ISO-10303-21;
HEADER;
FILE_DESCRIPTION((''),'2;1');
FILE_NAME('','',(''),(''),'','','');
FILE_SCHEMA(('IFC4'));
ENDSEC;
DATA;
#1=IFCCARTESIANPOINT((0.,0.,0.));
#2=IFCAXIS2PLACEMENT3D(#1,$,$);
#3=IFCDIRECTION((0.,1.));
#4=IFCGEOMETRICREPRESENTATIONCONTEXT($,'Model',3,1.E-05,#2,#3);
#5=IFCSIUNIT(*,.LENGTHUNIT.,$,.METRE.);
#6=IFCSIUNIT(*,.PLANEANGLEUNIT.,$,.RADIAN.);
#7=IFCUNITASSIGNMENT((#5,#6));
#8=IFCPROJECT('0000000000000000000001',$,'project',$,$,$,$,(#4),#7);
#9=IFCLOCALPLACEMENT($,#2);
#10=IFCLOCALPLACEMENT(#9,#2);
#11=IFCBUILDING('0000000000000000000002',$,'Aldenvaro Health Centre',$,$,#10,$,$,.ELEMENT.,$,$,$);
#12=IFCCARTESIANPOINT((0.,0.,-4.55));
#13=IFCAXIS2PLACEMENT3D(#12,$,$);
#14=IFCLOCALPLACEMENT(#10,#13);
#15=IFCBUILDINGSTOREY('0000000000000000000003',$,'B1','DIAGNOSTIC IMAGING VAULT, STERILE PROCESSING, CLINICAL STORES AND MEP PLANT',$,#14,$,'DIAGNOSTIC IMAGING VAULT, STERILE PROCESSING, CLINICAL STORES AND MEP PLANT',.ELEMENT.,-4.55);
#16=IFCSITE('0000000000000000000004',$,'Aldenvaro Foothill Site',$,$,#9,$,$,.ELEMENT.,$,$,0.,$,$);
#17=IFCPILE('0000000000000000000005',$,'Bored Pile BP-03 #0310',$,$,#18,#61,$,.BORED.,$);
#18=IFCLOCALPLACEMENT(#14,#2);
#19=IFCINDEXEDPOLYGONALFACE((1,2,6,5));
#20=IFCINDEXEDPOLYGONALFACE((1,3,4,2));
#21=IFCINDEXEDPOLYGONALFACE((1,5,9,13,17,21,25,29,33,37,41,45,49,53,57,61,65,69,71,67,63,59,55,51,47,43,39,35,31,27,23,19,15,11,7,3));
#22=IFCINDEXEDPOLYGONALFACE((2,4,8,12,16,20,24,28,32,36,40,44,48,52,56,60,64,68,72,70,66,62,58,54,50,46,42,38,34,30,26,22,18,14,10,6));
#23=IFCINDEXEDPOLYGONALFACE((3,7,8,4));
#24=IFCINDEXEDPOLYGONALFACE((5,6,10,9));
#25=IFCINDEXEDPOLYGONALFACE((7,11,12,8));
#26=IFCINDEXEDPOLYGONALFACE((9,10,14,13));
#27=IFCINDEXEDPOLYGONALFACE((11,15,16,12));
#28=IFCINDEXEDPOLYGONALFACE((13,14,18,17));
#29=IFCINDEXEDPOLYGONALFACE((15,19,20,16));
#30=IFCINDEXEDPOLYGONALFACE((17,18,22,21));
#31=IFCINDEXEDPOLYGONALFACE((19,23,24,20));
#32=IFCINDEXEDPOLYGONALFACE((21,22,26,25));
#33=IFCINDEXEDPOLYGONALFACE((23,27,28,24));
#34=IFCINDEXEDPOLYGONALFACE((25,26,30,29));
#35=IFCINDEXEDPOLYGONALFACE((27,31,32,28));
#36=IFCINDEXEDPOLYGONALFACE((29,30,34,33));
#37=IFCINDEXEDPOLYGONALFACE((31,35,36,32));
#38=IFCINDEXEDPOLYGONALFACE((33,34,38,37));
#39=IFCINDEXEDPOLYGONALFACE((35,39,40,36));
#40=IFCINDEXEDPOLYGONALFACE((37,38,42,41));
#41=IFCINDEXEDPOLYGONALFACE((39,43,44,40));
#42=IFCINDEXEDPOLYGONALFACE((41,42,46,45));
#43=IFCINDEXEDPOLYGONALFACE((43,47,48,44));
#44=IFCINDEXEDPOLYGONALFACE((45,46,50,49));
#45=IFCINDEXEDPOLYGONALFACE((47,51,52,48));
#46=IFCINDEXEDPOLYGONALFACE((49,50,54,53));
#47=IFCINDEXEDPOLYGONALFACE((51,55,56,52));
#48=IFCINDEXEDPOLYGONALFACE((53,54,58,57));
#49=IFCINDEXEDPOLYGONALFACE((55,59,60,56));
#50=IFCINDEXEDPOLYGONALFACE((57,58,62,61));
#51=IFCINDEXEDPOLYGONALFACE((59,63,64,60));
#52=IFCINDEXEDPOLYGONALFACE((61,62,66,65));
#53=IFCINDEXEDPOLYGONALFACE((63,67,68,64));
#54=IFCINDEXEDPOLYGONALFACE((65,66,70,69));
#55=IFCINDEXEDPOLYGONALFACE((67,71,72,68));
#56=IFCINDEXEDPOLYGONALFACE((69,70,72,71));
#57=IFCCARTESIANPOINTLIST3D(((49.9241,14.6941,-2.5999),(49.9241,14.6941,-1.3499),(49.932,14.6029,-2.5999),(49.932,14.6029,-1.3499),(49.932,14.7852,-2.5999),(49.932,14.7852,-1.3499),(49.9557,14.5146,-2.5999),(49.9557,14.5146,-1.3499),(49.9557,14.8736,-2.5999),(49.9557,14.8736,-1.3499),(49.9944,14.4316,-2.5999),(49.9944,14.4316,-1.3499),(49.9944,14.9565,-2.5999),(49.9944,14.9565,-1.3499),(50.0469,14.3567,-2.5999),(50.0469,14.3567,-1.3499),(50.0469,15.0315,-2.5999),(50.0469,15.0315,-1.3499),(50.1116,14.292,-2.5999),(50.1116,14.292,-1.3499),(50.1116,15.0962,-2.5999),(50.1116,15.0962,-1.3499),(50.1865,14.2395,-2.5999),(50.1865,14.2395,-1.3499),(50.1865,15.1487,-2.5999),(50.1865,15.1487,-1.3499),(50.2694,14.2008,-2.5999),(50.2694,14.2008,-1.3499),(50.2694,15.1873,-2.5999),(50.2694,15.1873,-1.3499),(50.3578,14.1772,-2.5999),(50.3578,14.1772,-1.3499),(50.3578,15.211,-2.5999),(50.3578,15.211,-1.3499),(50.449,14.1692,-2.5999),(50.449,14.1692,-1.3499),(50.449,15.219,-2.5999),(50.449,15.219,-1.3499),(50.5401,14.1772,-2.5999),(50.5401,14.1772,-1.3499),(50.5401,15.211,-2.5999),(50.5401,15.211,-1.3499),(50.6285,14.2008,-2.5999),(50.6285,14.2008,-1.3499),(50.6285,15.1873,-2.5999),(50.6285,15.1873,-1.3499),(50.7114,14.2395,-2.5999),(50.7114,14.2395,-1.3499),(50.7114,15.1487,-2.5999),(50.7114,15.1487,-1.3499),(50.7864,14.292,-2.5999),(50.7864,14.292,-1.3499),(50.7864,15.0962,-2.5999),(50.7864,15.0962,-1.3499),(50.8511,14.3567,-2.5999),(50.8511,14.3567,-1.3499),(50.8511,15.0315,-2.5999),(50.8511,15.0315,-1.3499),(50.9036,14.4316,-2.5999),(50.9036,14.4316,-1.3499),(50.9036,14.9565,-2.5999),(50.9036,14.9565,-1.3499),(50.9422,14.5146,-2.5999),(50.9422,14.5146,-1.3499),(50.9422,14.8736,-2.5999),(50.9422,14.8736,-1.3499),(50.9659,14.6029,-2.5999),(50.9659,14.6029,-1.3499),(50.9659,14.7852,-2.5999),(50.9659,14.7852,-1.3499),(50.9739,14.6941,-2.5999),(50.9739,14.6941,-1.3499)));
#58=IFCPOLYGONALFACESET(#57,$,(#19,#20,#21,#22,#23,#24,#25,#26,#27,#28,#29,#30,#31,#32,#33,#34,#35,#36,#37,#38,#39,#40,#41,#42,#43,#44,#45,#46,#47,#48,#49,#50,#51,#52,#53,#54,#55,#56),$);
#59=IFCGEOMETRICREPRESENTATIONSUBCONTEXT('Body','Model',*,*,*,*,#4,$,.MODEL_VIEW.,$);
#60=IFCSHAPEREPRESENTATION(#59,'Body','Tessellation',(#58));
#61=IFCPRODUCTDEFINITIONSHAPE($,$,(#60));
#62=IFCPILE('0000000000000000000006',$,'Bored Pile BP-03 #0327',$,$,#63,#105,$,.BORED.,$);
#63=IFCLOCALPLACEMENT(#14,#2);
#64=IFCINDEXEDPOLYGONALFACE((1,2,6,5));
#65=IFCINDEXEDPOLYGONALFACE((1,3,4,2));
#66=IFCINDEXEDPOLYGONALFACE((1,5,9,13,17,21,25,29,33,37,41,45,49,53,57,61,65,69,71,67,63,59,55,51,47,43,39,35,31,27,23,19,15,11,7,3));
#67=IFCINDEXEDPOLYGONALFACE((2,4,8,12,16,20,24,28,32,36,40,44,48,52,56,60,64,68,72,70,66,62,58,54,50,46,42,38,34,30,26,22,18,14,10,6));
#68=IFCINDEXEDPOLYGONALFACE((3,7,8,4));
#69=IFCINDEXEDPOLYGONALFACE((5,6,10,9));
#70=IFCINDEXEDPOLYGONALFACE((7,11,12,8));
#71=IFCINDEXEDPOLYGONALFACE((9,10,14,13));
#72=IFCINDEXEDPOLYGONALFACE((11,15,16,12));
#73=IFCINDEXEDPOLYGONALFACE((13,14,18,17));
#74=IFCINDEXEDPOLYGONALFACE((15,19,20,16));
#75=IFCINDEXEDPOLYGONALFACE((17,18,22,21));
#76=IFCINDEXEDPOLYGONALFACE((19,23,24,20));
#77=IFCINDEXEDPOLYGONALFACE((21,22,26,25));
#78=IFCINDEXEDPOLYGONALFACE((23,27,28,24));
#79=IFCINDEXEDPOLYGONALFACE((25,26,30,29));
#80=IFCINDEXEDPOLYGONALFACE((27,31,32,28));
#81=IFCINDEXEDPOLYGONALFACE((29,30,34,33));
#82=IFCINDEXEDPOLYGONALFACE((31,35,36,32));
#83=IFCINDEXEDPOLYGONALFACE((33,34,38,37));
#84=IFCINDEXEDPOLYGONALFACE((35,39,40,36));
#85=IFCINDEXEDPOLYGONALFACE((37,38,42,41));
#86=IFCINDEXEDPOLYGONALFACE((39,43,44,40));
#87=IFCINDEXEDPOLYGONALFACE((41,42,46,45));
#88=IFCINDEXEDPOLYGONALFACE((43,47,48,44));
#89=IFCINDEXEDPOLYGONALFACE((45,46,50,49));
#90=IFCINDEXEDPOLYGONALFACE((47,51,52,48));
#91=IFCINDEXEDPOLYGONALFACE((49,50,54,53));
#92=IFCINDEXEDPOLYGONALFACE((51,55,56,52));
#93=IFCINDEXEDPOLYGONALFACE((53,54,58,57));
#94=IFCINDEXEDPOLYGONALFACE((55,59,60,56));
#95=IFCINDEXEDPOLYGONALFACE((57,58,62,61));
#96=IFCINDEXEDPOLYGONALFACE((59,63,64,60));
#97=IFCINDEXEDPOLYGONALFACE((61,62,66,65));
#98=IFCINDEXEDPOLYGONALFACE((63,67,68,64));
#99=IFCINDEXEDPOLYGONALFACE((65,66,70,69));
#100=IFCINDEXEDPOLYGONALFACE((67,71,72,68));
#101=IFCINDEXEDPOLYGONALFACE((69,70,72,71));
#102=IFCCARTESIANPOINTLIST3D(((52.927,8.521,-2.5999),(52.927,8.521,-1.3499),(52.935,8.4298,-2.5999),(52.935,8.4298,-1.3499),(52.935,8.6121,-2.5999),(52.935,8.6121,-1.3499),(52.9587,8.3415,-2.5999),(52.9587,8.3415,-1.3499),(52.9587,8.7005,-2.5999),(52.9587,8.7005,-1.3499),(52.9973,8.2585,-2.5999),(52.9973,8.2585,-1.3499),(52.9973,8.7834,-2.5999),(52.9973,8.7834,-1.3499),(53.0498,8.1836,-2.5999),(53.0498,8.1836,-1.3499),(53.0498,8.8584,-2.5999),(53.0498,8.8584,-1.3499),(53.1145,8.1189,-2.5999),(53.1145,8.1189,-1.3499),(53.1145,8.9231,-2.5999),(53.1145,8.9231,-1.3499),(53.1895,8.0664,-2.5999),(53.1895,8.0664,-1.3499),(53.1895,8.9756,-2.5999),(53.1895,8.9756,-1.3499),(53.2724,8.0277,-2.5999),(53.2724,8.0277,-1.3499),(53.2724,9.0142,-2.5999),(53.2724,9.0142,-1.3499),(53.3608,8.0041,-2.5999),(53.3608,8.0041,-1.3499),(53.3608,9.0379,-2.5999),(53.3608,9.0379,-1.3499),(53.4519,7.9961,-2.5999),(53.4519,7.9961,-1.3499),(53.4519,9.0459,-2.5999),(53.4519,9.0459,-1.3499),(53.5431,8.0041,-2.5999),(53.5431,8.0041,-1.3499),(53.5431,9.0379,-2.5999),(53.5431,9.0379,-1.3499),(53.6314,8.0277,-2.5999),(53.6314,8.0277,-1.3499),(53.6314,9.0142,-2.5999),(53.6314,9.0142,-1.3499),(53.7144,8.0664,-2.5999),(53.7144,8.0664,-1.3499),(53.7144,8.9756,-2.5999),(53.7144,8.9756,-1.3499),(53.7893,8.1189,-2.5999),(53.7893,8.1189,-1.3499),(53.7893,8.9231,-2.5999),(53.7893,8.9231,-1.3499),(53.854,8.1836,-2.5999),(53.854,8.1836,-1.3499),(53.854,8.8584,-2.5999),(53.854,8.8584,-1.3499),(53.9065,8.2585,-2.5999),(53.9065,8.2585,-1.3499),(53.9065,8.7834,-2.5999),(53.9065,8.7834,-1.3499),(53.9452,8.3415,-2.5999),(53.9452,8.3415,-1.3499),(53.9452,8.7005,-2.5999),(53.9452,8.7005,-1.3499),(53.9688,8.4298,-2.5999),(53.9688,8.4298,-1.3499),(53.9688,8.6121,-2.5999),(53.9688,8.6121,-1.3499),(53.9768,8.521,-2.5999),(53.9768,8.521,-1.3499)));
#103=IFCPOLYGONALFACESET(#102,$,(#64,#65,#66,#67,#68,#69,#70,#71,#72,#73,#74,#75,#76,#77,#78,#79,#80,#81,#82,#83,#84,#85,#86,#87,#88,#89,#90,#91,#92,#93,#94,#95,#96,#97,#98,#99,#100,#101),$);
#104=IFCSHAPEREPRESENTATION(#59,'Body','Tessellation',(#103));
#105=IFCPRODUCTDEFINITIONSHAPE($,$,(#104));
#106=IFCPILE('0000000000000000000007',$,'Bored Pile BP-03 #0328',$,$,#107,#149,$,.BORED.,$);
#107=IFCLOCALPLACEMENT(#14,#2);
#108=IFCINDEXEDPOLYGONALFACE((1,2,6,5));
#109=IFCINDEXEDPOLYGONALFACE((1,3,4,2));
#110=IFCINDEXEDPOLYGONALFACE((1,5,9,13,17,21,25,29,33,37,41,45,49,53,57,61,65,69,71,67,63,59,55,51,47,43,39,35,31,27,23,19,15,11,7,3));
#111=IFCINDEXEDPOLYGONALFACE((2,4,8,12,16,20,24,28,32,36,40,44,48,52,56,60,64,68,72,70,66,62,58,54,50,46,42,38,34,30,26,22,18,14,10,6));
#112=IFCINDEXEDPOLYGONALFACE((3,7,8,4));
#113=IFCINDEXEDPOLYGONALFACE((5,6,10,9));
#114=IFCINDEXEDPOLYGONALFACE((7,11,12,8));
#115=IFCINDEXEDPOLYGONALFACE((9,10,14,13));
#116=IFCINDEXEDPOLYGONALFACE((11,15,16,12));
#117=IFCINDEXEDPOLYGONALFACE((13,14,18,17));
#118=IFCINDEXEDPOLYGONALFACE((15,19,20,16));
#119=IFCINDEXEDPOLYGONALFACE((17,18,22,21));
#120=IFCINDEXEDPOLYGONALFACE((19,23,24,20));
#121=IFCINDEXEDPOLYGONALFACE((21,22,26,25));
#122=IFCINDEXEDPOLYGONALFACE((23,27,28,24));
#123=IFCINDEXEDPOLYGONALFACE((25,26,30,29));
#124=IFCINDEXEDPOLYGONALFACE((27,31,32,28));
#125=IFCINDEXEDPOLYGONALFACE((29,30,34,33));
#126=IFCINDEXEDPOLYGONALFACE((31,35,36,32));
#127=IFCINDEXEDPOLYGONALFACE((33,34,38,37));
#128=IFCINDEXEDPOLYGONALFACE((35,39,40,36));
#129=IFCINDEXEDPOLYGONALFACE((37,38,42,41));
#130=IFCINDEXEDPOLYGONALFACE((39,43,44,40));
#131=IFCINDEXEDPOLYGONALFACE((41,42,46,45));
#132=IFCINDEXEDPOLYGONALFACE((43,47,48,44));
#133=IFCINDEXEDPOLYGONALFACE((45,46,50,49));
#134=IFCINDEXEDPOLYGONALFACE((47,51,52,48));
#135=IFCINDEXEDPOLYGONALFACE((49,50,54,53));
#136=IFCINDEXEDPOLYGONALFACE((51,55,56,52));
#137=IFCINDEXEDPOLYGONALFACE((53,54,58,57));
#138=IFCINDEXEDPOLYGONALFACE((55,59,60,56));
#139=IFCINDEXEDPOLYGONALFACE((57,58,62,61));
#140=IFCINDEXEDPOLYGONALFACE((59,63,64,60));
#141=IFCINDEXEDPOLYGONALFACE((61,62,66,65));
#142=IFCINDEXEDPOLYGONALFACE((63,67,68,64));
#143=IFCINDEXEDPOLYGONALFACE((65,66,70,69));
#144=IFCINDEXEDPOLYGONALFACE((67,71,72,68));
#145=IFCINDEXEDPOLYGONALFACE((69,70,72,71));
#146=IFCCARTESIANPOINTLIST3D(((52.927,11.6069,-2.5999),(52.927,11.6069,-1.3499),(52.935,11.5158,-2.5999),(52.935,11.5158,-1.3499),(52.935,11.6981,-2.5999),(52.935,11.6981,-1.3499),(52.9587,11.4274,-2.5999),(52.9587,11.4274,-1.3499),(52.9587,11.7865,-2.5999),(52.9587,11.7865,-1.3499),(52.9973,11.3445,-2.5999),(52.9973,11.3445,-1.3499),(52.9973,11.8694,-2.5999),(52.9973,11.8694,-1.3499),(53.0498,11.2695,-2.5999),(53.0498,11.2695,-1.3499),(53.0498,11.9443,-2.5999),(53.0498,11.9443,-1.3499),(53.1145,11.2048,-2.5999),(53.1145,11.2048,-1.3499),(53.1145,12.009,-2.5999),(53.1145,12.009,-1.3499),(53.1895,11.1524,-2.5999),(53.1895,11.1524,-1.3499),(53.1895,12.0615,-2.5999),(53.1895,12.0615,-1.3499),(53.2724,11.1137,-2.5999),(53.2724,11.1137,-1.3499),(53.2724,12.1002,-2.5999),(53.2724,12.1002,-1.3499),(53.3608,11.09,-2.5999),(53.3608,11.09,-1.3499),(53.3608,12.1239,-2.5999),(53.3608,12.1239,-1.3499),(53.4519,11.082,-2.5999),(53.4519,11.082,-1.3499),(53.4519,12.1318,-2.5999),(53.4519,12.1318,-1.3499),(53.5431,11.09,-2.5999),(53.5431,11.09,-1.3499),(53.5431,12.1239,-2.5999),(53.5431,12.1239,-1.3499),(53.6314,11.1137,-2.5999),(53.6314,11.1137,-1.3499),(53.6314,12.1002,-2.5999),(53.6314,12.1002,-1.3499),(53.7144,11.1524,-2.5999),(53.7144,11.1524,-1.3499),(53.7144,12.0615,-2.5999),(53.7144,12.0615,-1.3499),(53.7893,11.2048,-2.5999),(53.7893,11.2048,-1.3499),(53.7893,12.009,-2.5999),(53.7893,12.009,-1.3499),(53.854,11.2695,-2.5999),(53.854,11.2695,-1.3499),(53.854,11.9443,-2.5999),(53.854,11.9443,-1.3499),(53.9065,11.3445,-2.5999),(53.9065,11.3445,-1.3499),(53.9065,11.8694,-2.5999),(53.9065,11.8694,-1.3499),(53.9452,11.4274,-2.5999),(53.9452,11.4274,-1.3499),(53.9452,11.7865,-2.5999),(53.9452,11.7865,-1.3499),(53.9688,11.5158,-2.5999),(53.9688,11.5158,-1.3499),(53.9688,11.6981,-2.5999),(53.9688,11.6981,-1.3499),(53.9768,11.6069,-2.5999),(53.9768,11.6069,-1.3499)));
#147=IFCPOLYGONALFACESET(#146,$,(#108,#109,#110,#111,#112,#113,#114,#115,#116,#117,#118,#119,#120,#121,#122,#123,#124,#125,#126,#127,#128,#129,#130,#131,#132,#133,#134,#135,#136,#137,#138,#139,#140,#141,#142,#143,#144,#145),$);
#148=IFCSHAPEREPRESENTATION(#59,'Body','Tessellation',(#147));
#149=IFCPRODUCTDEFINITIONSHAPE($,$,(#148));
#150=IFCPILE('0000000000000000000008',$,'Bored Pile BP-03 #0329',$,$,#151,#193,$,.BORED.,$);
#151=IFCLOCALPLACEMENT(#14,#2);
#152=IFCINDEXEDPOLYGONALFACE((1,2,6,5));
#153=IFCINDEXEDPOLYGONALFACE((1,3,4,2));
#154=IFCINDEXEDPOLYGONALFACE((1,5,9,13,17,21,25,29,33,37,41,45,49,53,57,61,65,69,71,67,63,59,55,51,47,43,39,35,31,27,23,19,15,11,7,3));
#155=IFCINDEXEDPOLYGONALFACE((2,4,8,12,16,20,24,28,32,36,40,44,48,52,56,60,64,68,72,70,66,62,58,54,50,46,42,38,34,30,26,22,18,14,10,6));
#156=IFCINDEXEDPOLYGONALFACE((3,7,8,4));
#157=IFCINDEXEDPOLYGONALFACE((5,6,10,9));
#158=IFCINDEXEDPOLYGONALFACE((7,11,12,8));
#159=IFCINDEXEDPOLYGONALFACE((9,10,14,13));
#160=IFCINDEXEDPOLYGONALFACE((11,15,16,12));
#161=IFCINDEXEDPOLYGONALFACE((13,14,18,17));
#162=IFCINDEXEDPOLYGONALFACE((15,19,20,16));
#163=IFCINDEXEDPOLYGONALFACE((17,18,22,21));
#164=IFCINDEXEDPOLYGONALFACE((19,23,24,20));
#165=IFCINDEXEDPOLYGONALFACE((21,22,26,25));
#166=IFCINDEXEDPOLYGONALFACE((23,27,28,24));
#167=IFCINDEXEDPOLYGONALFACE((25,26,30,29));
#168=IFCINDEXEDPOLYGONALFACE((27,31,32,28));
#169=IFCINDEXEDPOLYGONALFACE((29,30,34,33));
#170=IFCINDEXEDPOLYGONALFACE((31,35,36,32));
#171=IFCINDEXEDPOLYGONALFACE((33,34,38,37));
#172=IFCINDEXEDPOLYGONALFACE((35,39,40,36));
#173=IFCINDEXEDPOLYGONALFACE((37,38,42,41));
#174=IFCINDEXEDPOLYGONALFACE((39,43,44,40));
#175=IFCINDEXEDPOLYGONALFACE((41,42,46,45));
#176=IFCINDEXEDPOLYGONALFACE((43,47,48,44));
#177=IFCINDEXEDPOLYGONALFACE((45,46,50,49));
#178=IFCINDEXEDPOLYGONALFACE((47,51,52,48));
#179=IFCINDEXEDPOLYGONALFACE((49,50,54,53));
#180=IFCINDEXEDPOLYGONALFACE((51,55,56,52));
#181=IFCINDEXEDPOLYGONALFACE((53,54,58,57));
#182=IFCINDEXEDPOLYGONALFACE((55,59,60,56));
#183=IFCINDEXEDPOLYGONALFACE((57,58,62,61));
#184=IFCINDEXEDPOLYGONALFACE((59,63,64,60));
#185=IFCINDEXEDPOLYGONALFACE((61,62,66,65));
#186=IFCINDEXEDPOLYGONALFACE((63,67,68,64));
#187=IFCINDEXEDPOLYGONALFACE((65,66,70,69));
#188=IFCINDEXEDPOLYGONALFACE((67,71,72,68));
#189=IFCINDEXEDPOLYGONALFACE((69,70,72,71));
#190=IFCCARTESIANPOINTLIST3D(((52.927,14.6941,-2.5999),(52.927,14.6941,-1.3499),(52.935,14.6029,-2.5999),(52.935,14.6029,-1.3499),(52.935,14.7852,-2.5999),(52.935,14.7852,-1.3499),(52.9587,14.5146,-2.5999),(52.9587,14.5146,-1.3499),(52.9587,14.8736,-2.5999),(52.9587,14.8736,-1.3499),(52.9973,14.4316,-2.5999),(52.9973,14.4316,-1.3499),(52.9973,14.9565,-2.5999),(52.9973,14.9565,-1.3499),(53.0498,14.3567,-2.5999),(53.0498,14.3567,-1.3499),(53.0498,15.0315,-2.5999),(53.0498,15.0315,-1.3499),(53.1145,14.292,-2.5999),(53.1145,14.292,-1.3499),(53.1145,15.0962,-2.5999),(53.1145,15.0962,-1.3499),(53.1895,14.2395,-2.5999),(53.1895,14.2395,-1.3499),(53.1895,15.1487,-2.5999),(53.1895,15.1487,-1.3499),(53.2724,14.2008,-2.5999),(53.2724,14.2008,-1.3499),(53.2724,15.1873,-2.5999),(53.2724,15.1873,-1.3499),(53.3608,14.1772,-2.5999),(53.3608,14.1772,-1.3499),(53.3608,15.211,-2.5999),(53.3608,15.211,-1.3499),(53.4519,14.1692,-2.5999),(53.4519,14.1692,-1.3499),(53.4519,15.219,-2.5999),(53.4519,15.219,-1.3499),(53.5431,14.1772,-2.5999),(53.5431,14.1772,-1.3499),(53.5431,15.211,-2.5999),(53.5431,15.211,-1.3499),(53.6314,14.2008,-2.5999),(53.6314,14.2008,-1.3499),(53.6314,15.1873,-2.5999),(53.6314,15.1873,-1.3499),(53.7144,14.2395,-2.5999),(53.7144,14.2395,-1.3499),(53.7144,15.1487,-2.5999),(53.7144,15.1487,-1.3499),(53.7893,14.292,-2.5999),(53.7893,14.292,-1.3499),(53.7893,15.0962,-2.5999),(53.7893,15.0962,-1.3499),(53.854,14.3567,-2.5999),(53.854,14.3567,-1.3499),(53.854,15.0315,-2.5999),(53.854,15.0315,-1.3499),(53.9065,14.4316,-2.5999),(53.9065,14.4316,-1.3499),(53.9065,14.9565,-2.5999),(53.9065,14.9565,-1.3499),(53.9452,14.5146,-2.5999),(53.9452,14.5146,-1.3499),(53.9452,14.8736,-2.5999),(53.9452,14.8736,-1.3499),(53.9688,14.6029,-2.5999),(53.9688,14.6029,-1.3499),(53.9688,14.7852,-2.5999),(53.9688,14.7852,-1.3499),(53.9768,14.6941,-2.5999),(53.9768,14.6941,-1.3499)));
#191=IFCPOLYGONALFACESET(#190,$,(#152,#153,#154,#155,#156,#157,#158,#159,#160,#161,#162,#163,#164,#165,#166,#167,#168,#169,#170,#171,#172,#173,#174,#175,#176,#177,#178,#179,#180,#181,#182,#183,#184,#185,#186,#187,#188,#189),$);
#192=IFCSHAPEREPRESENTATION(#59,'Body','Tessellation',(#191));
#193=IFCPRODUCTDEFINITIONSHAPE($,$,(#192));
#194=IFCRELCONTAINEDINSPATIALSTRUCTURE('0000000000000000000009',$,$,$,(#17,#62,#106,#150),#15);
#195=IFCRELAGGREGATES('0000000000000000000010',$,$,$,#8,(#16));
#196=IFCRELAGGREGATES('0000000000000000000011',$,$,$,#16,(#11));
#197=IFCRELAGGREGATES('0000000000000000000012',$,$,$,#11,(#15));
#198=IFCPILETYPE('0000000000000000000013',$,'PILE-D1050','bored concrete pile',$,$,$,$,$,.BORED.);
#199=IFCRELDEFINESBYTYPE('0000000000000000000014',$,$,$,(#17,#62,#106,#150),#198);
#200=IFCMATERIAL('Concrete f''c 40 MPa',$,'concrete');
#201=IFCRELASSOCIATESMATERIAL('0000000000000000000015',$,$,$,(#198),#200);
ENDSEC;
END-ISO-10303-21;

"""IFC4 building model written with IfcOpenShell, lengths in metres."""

from ifc_helpers import new_model, si_unit, direction, frame, origin, origin_2d, place, context, subcontext, project, spatial, circle, extrude, material, material_profile, profile_set, type_object, element, save


model = new_model("IFC4")

# Units and contexts
model_context = context("Model", 3, precision=1e-05, world=origin(), true_north=direction((0.0, 1.0)))
body_context = subcontext(model_context, "Body", "Model", "MODEL_VIEW")
ifc_project = project(units=[si_unit("LENGTHUNIT", "METRE"), si_unit("PLANEANGLEUNIT", "RADIAN")], contexts=[model_context])

# Site, building, storey
site_placement = place(None, origin())
site = spatial("IfcSite", under=ifc_project, at=site_placement, Name="Aldenvaro Foothill Site", CompositionType="ELEMENT", RefElevation=0.0)
building_placement = place(site_placement, origin())
building = spatial("IfcBuilding", under=site, at=building_placement, Name="Aldenvaro Health Centre", CompositionType="ELEMENT")
storey_placement = place(building_placement, frame((0.0, 0.0, -4.55)))
storey = spatial("IfcBuildingStorey", under=building, at=storey_placement, Name="B1", Description="DIAGNOSTIC IMAGING VAULT, STERILE PROCESSING, CLINICAL STORES AND MEP PLANT", LongName="DIAGNOSTIC IMAGING VAULT, STERILE PROCESSING, CLINICAL STORES AND MEP PLANT", CompositionType="ELEMENT", Elevation=-4.55)

# Piles
ifc_material_1 = material(Name="Concrete f'c 40 MPa", Category="concrete")
ifc_material_profile_1 = material_profile(ifc_material_1, circle(Radius=0.5249, at=origin_2d()), Name="PILE D1050", Category="concrete")
ifc_profile_set_1 = profile_set([ifc_material_profile_1], Name="Concrete f'c 40 MPa")
pile_type = type_object("IfcPileType", Name="PILE-D1050", Description="bored concrete pile", PredefinedType="BORED", material=ifc_profile_set_1)
for number, where, z_axis, x_axis, name in (
    (1, (50.449, 14.6941, -1.3499), (0.0, 0.0, -1.0), (1.0, 0.0, 0.0), "Bored Pile BP-03 #0310"),
    (2, (53.4519, 8.521, -1.3499), (0.0, 0.0, -1.0), (1.0, 0.0, 0.0), "Bored Pile BP-03 #0327"),
    (3, (53.4519, 11.6069, -1.3499), (0.0, 0.0, -1.0), (1.0, 0.0, 0.0), "Bored Pile BP-03 #0328"),
    (4, (53.4519, 14.6941, -1.3499), (0.0, 0.0, -1.0), (1.0, 0.0, 0.0), "Bored Pile BP-03 #0329"),
):
    element("IfcPile", number, at=place(storey_placement, frame(where, z_axis=z_axis, x_axis=x_axis)), inside=storey, type_object=pile_type, Name=name, PredefinedType="BORED", context=body_context, shape_type="SweptSolid", body=[
        extrude(circle(Radius=0.5249, at=origin_2d()), origin(), (0.0, 0.0, 1.0), 1.25),
    ])

save(model, "model.ifc")
